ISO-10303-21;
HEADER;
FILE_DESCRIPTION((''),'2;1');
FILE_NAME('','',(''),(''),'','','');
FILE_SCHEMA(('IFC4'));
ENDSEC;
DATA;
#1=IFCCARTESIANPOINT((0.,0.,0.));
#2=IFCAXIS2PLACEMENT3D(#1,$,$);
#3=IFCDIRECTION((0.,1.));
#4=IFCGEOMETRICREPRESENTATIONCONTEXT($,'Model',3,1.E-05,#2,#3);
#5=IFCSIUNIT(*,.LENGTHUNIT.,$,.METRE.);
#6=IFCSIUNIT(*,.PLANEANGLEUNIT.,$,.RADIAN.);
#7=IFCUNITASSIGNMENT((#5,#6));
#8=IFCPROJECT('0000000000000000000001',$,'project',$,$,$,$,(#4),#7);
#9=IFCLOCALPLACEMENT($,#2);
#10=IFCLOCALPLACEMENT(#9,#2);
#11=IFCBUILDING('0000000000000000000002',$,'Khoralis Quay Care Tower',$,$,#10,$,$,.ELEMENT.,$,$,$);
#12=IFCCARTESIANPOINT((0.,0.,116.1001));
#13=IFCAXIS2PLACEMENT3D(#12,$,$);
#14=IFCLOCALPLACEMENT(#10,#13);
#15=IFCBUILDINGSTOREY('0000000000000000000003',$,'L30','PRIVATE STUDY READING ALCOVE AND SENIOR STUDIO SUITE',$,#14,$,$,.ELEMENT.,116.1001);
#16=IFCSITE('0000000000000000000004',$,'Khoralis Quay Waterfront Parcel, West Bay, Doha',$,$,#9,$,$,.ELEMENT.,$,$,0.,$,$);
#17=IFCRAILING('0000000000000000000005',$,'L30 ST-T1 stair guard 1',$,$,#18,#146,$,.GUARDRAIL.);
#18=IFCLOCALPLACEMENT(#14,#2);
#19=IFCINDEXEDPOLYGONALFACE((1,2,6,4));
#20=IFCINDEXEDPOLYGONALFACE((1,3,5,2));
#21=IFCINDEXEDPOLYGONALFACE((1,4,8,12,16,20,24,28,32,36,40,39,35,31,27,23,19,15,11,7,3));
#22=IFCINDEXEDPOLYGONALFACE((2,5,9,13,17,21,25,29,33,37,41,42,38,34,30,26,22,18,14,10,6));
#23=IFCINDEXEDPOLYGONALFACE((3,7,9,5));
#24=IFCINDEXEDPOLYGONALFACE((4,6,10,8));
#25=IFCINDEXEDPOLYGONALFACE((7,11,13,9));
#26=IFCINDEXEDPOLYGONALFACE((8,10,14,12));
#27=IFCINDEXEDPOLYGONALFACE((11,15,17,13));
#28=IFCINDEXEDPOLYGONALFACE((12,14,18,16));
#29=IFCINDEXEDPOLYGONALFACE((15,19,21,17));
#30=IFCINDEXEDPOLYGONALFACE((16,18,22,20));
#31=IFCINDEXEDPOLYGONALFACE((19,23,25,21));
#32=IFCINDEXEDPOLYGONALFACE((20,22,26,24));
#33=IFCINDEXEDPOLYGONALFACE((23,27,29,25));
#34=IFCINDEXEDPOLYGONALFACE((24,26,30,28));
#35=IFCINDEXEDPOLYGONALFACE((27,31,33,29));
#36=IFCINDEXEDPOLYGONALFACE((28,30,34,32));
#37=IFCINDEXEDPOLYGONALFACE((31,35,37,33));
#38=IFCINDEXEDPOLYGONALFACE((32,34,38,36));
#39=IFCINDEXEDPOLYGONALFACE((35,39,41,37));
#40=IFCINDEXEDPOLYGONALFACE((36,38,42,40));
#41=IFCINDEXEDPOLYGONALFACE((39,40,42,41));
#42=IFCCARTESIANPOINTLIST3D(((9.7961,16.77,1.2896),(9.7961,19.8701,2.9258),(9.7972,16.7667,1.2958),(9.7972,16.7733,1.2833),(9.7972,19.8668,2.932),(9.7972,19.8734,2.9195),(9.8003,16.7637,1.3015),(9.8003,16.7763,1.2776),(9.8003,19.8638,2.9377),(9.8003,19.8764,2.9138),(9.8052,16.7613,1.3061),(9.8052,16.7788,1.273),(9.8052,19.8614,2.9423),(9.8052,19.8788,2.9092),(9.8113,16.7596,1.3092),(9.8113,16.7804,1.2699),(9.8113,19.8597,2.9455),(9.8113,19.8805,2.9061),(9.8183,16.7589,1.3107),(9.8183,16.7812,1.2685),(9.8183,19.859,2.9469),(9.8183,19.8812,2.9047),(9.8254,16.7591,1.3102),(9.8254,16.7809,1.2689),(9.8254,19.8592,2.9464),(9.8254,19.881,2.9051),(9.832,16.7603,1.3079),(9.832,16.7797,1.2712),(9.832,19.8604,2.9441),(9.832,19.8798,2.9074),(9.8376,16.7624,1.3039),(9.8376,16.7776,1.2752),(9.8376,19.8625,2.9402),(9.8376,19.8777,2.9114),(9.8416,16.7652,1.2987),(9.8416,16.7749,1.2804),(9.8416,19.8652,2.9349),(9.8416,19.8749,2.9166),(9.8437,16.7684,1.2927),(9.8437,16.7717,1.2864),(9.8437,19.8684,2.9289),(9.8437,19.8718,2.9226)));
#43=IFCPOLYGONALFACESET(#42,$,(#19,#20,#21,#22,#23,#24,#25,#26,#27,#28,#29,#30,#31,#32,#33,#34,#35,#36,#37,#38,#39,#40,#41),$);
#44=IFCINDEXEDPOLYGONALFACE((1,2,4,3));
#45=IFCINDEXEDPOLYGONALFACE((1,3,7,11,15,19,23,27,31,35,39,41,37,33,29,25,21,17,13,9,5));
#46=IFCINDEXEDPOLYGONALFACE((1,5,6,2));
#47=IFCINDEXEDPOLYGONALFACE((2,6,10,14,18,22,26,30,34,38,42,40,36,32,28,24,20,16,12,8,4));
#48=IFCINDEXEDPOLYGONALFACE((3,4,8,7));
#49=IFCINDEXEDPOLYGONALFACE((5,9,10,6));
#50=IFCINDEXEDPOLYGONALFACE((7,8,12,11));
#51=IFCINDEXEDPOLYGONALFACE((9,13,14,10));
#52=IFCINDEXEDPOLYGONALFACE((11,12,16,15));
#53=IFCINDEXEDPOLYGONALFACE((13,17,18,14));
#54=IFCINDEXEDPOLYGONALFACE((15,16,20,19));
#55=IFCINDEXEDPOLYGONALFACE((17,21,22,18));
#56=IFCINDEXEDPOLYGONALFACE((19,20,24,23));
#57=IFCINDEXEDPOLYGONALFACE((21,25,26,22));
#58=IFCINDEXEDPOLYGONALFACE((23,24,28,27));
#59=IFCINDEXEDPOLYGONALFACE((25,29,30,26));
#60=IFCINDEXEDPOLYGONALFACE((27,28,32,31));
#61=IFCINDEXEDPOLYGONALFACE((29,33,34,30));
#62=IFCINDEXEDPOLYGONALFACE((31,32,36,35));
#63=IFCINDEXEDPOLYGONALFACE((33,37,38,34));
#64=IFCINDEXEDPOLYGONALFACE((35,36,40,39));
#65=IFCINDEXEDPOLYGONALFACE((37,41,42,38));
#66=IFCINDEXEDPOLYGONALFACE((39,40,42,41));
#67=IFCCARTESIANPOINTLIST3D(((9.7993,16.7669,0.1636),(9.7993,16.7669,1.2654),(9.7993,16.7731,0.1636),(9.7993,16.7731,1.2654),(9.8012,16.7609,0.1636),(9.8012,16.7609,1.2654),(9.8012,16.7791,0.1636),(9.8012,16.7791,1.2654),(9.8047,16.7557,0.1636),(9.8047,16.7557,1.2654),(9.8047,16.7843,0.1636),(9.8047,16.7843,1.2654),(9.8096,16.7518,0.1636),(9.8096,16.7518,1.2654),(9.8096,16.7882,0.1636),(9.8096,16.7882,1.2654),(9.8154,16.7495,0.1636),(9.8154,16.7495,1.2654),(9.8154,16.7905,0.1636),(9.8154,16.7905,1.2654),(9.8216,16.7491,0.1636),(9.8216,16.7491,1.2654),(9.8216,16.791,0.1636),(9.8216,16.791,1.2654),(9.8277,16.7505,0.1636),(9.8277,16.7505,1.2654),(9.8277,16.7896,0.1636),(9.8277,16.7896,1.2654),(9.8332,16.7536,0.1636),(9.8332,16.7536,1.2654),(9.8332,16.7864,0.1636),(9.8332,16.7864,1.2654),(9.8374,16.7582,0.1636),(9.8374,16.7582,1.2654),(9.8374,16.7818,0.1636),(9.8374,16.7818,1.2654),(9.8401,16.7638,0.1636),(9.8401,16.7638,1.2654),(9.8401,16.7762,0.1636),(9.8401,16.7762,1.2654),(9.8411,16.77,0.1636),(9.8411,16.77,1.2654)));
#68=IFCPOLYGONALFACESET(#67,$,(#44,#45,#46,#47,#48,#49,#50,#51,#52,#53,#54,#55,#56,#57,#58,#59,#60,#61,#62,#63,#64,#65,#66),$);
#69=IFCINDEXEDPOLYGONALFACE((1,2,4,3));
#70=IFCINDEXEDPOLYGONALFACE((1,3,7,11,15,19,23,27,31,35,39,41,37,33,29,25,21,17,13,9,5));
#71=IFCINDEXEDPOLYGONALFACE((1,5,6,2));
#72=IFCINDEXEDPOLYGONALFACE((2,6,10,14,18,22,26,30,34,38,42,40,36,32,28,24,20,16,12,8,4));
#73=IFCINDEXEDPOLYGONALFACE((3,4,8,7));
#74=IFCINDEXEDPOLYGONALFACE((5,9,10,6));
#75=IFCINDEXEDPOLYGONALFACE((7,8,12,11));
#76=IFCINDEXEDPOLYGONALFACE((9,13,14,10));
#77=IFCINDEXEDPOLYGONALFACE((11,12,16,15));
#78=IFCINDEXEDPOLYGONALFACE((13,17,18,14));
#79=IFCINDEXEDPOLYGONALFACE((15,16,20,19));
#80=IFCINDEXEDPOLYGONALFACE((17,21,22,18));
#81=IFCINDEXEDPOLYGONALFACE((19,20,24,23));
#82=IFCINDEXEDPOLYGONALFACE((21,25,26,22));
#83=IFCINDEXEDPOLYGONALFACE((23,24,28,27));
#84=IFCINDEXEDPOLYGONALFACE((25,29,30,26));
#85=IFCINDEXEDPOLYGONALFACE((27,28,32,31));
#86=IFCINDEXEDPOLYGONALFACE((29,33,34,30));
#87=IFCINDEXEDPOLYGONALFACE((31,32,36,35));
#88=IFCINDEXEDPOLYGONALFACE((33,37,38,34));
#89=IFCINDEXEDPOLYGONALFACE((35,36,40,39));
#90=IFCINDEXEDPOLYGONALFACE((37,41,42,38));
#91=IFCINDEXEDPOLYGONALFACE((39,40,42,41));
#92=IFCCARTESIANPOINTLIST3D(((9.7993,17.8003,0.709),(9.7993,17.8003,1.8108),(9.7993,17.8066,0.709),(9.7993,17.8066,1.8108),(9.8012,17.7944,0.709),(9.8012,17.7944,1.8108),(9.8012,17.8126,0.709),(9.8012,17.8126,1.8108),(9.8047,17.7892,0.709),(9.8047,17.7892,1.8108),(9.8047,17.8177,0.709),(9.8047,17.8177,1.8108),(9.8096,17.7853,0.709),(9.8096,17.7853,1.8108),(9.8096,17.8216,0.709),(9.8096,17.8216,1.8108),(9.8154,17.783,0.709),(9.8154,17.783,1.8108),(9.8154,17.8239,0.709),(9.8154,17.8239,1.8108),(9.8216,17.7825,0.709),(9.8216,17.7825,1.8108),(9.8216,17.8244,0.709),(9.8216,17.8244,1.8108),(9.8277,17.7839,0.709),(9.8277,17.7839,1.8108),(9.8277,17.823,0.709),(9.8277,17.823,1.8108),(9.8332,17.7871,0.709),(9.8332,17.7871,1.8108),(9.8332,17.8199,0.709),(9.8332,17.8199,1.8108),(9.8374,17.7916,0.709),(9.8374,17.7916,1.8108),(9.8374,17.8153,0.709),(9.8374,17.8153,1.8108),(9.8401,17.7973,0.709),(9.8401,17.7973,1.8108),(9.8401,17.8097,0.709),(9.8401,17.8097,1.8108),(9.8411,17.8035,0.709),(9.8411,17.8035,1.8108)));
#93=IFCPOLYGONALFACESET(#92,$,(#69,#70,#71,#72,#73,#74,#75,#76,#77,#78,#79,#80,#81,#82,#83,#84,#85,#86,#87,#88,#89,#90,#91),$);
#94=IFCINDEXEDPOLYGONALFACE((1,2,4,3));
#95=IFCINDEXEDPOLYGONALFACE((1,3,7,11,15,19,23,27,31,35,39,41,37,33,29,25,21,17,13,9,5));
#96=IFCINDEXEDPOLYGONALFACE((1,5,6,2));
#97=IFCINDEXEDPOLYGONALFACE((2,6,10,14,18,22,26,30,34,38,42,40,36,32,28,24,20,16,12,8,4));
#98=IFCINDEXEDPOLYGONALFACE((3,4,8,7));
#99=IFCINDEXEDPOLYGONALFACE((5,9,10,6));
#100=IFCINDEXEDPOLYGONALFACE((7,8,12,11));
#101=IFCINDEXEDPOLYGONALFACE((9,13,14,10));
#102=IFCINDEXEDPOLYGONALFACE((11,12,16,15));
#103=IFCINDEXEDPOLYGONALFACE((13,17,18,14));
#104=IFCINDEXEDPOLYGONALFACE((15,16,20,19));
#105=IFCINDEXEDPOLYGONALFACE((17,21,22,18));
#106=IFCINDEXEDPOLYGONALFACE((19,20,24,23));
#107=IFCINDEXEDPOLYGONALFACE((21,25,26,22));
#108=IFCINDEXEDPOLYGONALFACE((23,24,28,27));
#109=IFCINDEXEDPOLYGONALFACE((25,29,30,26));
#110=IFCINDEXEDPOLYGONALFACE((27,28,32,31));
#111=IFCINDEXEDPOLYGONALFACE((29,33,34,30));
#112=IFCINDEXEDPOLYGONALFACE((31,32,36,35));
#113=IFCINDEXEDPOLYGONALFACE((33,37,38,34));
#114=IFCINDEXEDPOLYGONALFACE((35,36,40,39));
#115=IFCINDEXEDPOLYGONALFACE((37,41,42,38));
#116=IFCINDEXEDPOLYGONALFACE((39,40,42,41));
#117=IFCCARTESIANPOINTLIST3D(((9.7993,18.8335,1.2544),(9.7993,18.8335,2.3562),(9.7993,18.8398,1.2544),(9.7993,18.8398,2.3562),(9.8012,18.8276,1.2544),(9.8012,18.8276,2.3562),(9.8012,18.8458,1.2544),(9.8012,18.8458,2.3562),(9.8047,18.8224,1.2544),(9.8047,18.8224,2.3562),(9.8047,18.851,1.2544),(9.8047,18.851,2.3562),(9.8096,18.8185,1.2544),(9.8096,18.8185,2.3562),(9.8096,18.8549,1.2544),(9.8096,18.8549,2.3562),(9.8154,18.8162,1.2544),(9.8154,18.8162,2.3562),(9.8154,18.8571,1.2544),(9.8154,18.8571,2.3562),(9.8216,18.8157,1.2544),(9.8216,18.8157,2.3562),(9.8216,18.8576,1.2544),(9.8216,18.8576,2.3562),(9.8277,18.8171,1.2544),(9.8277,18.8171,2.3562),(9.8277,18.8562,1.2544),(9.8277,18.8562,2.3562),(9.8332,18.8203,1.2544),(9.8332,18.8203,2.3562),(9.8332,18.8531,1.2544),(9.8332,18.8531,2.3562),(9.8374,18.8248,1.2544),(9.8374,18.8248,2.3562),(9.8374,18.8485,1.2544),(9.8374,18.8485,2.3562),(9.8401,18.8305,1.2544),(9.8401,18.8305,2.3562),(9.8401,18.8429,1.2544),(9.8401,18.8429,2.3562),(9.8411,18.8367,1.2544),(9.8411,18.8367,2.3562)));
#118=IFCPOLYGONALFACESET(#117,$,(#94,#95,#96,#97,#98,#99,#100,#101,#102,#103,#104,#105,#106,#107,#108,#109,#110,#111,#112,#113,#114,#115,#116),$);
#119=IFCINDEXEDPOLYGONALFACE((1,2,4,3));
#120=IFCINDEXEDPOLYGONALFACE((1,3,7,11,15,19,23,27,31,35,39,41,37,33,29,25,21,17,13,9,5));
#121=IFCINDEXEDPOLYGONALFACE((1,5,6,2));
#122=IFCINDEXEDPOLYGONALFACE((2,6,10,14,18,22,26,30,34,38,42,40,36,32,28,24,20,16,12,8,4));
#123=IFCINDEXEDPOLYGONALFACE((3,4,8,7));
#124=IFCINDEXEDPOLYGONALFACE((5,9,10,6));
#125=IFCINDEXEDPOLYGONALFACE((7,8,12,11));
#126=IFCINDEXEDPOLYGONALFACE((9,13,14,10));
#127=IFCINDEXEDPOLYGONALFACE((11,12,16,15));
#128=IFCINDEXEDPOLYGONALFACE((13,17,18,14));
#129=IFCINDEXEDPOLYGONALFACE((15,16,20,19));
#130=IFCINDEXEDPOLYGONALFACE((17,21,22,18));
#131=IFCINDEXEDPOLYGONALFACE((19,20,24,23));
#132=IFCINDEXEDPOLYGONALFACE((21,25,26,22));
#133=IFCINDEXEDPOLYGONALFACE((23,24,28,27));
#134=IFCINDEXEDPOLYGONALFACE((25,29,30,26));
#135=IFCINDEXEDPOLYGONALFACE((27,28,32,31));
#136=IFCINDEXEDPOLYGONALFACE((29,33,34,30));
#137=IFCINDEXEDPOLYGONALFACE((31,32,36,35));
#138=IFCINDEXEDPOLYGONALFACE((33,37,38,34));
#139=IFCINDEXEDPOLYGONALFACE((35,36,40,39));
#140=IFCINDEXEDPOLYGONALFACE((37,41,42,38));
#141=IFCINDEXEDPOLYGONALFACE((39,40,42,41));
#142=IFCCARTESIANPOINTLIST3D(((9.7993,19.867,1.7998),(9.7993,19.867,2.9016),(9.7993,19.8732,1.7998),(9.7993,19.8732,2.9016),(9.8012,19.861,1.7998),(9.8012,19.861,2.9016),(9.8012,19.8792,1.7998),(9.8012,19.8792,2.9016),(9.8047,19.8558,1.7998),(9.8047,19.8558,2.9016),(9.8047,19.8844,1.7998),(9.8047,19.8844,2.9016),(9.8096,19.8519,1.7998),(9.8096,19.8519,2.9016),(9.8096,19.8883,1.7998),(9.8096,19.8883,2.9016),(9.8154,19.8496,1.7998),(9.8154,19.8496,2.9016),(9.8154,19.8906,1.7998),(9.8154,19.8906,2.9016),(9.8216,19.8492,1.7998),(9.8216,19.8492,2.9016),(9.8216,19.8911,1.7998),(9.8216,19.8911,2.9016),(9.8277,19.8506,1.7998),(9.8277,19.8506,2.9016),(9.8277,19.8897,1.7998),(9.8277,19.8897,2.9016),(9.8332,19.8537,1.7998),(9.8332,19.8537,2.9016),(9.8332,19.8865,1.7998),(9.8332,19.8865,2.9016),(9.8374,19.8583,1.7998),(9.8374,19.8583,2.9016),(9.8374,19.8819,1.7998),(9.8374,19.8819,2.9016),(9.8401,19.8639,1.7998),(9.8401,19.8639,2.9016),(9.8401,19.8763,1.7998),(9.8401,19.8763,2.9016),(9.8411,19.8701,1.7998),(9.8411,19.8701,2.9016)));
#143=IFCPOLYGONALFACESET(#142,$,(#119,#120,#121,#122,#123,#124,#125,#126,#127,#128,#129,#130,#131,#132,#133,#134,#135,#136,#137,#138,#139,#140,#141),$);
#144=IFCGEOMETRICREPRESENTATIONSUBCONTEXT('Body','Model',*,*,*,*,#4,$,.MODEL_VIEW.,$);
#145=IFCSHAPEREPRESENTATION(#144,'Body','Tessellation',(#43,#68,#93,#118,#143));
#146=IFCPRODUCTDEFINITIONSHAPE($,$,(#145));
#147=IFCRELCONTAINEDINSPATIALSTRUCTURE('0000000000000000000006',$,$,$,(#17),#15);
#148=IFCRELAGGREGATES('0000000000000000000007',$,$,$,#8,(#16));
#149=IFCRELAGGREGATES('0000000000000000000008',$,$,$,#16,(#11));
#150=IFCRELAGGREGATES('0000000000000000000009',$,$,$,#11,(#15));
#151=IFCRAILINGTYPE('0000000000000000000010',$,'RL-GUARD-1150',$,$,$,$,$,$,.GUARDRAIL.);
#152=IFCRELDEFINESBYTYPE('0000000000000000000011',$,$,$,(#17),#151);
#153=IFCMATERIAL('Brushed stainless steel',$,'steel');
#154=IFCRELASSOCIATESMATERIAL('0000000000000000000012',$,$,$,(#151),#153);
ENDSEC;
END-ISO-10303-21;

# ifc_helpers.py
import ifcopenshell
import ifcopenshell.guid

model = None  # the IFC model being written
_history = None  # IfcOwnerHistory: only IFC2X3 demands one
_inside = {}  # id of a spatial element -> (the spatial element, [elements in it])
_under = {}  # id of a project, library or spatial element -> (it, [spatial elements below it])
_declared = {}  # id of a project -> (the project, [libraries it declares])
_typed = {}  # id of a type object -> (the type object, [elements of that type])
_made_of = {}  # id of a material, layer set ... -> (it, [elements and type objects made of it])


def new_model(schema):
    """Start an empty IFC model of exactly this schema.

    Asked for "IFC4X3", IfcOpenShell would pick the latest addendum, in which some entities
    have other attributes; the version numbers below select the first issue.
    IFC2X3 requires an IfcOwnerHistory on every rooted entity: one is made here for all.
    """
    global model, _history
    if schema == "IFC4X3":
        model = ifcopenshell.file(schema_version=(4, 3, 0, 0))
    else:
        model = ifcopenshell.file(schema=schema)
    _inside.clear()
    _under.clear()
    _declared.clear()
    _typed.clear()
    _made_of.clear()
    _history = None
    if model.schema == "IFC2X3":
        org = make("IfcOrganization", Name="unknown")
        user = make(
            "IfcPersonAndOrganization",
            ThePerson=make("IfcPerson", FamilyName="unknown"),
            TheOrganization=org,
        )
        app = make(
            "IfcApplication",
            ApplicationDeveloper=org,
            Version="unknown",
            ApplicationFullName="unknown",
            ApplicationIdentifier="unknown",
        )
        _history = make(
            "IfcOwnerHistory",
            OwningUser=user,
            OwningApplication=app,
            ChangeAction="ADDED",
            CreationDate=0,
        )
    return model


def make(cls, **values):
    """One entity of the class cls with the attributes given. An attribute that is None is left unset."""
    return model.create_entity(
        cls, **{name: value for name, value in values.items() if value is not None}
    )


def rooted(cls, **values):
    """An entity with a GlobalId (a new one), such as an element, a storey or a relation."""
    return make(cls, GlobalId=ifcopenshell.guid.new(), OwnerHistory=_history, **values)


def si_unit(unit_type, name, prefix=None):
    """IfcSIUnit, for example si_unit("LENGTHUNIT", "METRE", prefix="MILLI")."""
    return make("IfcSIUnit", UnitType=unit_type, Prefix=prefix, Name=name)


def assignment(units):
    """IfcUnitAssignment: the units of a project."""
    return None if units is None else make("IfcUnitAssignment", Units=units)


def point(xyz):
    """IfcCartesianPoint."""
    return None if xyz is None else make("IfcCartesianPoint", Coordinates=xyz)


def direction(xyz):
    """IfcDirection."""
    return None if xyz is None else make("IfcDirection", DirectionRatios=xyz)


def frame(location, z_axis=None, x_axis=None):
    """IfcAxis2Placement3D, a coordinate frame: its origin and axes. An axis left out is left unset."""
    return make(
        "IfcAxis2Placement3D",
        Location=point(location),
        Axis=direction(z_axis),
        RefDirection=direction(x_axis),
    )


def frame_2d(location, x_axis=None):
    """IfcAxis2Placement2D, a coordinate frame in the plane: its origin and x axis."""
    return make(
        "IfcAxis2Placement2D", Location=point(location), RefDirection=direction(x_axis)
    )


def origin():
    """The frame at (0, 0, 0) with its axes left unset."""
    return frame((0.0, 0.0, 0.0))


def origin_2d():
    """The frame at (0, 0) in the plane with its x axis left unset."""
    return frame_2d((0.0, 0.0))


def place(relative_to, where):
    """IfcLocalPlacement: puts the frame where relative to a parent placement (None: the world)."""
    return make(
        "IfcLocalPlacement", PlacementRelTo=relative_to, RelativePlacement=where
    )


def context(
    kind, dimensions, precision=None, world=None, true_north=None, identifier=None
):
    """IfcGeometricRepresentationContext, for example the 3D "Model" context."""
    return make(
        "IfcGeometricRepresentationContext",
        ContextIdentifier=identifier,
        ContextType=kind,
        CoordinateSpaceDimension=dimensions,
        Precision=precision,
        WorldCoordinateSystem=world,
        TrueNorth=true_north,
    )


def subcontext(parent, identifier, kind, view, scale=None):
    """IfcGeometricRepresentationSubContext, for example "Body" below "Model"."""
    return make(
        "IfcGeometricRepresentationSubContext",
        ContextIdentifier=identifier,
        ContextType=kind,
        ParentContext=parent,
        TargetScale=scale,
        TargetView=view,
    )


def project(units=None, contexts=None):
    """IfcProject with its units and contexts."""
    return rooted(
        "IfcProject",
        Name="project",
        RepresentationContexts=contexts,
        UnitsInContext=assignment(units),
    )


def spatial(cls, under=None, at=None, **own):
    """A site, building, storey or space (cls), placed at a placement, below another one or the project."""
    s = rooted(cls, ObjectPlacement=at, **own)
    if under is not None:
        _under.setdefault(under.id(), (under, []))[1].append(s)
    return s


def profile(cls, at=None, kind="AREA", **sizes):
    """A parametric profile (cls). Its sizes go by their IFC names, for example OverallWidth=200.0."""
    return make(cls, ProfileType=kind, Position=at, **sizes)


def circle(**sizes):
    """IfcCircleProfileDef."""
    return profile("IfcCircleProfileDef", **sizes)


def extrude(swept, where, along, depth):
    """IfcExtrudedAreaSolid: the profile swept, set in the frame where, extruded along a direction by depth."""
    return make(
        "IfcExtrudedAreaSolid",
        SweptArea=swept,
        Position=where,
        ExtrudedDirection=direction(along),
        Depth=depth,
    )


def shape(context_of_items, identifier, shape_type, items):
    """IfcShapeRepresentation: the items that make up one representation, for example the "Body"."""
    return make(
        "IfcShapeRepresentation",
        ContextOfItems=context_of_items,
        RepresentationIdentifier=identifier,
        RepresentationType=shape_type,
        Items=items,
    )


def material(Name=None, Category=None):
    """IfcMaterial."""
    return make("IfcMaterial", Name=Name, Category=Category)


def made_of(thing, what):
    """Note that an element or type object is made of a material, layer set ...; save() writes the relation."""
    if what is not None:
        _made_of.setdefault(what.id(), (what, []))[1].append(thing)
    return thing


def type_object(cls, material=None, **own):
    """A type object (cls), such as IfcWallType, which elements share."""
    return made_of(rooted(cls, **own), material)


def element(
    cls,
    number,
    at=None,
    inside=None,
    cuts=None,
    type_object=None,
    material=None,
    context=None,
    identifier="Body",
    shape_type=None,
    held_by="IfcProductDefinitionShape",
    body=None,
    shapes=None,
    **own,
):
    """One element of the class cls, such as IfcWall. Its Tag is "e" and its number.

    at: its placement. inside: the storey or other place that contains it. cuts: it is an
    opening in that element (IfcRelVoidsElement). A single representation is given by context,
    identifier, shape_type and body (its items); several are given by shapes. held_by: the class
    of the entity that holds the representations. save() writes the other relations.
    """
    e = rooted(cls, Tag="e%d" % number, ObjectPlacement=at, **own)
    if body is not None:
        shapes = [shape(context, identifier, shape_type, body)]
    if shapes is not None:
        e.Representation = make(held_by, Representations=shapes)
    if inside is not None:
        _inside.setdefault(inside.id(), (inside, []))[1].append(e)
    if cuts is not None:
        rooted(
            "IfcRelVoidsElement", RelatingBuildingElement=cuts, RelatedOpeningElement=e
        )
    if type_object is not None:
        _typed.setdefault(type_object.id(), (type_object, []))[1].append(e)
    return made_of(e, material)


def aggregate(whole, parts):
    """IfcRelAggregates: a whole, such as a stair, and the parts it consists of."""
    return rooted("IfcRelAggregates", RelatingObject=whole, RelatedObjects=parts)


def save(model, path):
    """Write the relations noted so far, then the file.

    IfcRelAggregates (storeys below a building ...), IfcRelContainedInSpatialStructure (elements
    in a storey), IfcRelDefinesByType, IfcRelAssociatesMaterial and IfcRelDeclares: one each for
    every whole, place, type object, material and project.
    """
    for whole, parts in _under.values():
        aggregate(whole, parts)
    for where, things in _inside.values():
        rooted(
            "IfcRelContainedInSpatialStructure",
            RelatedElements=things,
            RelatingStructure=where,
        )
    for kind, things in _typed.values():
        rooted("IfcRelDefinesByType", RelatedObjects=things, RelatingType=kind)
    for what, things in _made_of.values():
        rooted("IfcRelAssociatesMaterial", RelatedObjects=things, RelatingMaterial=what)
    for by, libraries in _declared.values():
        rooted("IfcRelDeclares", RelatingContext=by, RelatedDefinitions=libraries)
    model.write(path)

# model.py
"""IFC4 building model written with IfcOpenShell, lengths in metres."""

from ifc_helpers import new_model, si_unit, direction, frame, origin, origin_2d, place, context, subcontext, project, spatial, circle, extrude, material, type_object, element, save


model = new_model("IFC4")

# Units and contexts
model_context = context("Model", 3, precision=1e-05, world=origin(), true_north=direction((0.0, 1.0)))
body_context = subcontext(model_context, "Body", "Model", "MODEL_VIEW")
ifc_project = project(units=[si_unit("LENGTHUNIT", "METRE"), si_unit("PLANEANGLEUNIT", "RADIAN")], contexts=[model_context])

# Site, building, storey
site_placement = place(None, origin())
site = spatial("IfcSite", under=ifc_project, at=site_placement, Name="Khoralis Quay Waterfront Parcel, West Bay, Doha", CompositionType="ELEMENT", RefElevation=0.0)
building_placement = place(site_placement, origin())
building = spatial("IfcBuilding", under=site, at=building_placement, Name="Khoralis Quay Care Tower", CompositionType="ELEMENT")
storey_placement = place(building_placement, frame((0.0, 0.0, 116.1001)))
storey = spatial("IfcBuildingStorey", under=building, at=storey_placement, Name="L30", Description="PRIVATE STUDY READING ALCOVE AND SENIOR STUDIO SUITE", CompositionType="ELEMENT", Elevation=116.1001)

# Shared definitions
ifc_material_1 = material(Name="Brushed stainless steel", Category="steel")

# Railing
railing_type_1 = type_object("IfcRailingType", Name="RL-GUARD-1150", PredefinedType="GUARDRAIL", material=ifc_material_1)
railing_1_placement = place(storey_placement, frame((9.8201, 16.77, 0.1636)))
element("IfcRailing", 1, at=railing_1_placement, inside=storey, type_object=railing_type_1, Name="L30 ST-T1 stair guard 1", PredefinedType="GUARDRAIL", context=body_context, shape_type="SweptSolid", body=[
    extrude(circle(Radius=0.0239, at=origin_2d()), frame((0.0, 0.0, 1.126), z_axis=(0.0, 0.884377, 0.466774), x_axis=(-1.0, 0.0, 0.0)), (0.0, 0.0, 1.0), 3.5054),
    extrude(circle(Radius=0.021, at=origin_2d()), origin(), (0.0, 0.0, 1.0), 1.1018),
    extrude(circle(Radius=0.021, at=origin_2d()), frame((0.0, 1.0334, 0.5454)), (0.0, 0.0, 1.0), 1.1018),
    extrude(circle(Radius=0.021, at=origin_2d()), frame((0.0, 2.0667, 1.0908)), (0.0, 0.0, 1.0), 1.1018),
    extrude(circle(Radius=0.021, at=origin_2d()), frame((0.0, 3.1001, 1.6362)), (0.0, 0.0, 1.0), 1.1018),
])

save(model, "model.ifc")
